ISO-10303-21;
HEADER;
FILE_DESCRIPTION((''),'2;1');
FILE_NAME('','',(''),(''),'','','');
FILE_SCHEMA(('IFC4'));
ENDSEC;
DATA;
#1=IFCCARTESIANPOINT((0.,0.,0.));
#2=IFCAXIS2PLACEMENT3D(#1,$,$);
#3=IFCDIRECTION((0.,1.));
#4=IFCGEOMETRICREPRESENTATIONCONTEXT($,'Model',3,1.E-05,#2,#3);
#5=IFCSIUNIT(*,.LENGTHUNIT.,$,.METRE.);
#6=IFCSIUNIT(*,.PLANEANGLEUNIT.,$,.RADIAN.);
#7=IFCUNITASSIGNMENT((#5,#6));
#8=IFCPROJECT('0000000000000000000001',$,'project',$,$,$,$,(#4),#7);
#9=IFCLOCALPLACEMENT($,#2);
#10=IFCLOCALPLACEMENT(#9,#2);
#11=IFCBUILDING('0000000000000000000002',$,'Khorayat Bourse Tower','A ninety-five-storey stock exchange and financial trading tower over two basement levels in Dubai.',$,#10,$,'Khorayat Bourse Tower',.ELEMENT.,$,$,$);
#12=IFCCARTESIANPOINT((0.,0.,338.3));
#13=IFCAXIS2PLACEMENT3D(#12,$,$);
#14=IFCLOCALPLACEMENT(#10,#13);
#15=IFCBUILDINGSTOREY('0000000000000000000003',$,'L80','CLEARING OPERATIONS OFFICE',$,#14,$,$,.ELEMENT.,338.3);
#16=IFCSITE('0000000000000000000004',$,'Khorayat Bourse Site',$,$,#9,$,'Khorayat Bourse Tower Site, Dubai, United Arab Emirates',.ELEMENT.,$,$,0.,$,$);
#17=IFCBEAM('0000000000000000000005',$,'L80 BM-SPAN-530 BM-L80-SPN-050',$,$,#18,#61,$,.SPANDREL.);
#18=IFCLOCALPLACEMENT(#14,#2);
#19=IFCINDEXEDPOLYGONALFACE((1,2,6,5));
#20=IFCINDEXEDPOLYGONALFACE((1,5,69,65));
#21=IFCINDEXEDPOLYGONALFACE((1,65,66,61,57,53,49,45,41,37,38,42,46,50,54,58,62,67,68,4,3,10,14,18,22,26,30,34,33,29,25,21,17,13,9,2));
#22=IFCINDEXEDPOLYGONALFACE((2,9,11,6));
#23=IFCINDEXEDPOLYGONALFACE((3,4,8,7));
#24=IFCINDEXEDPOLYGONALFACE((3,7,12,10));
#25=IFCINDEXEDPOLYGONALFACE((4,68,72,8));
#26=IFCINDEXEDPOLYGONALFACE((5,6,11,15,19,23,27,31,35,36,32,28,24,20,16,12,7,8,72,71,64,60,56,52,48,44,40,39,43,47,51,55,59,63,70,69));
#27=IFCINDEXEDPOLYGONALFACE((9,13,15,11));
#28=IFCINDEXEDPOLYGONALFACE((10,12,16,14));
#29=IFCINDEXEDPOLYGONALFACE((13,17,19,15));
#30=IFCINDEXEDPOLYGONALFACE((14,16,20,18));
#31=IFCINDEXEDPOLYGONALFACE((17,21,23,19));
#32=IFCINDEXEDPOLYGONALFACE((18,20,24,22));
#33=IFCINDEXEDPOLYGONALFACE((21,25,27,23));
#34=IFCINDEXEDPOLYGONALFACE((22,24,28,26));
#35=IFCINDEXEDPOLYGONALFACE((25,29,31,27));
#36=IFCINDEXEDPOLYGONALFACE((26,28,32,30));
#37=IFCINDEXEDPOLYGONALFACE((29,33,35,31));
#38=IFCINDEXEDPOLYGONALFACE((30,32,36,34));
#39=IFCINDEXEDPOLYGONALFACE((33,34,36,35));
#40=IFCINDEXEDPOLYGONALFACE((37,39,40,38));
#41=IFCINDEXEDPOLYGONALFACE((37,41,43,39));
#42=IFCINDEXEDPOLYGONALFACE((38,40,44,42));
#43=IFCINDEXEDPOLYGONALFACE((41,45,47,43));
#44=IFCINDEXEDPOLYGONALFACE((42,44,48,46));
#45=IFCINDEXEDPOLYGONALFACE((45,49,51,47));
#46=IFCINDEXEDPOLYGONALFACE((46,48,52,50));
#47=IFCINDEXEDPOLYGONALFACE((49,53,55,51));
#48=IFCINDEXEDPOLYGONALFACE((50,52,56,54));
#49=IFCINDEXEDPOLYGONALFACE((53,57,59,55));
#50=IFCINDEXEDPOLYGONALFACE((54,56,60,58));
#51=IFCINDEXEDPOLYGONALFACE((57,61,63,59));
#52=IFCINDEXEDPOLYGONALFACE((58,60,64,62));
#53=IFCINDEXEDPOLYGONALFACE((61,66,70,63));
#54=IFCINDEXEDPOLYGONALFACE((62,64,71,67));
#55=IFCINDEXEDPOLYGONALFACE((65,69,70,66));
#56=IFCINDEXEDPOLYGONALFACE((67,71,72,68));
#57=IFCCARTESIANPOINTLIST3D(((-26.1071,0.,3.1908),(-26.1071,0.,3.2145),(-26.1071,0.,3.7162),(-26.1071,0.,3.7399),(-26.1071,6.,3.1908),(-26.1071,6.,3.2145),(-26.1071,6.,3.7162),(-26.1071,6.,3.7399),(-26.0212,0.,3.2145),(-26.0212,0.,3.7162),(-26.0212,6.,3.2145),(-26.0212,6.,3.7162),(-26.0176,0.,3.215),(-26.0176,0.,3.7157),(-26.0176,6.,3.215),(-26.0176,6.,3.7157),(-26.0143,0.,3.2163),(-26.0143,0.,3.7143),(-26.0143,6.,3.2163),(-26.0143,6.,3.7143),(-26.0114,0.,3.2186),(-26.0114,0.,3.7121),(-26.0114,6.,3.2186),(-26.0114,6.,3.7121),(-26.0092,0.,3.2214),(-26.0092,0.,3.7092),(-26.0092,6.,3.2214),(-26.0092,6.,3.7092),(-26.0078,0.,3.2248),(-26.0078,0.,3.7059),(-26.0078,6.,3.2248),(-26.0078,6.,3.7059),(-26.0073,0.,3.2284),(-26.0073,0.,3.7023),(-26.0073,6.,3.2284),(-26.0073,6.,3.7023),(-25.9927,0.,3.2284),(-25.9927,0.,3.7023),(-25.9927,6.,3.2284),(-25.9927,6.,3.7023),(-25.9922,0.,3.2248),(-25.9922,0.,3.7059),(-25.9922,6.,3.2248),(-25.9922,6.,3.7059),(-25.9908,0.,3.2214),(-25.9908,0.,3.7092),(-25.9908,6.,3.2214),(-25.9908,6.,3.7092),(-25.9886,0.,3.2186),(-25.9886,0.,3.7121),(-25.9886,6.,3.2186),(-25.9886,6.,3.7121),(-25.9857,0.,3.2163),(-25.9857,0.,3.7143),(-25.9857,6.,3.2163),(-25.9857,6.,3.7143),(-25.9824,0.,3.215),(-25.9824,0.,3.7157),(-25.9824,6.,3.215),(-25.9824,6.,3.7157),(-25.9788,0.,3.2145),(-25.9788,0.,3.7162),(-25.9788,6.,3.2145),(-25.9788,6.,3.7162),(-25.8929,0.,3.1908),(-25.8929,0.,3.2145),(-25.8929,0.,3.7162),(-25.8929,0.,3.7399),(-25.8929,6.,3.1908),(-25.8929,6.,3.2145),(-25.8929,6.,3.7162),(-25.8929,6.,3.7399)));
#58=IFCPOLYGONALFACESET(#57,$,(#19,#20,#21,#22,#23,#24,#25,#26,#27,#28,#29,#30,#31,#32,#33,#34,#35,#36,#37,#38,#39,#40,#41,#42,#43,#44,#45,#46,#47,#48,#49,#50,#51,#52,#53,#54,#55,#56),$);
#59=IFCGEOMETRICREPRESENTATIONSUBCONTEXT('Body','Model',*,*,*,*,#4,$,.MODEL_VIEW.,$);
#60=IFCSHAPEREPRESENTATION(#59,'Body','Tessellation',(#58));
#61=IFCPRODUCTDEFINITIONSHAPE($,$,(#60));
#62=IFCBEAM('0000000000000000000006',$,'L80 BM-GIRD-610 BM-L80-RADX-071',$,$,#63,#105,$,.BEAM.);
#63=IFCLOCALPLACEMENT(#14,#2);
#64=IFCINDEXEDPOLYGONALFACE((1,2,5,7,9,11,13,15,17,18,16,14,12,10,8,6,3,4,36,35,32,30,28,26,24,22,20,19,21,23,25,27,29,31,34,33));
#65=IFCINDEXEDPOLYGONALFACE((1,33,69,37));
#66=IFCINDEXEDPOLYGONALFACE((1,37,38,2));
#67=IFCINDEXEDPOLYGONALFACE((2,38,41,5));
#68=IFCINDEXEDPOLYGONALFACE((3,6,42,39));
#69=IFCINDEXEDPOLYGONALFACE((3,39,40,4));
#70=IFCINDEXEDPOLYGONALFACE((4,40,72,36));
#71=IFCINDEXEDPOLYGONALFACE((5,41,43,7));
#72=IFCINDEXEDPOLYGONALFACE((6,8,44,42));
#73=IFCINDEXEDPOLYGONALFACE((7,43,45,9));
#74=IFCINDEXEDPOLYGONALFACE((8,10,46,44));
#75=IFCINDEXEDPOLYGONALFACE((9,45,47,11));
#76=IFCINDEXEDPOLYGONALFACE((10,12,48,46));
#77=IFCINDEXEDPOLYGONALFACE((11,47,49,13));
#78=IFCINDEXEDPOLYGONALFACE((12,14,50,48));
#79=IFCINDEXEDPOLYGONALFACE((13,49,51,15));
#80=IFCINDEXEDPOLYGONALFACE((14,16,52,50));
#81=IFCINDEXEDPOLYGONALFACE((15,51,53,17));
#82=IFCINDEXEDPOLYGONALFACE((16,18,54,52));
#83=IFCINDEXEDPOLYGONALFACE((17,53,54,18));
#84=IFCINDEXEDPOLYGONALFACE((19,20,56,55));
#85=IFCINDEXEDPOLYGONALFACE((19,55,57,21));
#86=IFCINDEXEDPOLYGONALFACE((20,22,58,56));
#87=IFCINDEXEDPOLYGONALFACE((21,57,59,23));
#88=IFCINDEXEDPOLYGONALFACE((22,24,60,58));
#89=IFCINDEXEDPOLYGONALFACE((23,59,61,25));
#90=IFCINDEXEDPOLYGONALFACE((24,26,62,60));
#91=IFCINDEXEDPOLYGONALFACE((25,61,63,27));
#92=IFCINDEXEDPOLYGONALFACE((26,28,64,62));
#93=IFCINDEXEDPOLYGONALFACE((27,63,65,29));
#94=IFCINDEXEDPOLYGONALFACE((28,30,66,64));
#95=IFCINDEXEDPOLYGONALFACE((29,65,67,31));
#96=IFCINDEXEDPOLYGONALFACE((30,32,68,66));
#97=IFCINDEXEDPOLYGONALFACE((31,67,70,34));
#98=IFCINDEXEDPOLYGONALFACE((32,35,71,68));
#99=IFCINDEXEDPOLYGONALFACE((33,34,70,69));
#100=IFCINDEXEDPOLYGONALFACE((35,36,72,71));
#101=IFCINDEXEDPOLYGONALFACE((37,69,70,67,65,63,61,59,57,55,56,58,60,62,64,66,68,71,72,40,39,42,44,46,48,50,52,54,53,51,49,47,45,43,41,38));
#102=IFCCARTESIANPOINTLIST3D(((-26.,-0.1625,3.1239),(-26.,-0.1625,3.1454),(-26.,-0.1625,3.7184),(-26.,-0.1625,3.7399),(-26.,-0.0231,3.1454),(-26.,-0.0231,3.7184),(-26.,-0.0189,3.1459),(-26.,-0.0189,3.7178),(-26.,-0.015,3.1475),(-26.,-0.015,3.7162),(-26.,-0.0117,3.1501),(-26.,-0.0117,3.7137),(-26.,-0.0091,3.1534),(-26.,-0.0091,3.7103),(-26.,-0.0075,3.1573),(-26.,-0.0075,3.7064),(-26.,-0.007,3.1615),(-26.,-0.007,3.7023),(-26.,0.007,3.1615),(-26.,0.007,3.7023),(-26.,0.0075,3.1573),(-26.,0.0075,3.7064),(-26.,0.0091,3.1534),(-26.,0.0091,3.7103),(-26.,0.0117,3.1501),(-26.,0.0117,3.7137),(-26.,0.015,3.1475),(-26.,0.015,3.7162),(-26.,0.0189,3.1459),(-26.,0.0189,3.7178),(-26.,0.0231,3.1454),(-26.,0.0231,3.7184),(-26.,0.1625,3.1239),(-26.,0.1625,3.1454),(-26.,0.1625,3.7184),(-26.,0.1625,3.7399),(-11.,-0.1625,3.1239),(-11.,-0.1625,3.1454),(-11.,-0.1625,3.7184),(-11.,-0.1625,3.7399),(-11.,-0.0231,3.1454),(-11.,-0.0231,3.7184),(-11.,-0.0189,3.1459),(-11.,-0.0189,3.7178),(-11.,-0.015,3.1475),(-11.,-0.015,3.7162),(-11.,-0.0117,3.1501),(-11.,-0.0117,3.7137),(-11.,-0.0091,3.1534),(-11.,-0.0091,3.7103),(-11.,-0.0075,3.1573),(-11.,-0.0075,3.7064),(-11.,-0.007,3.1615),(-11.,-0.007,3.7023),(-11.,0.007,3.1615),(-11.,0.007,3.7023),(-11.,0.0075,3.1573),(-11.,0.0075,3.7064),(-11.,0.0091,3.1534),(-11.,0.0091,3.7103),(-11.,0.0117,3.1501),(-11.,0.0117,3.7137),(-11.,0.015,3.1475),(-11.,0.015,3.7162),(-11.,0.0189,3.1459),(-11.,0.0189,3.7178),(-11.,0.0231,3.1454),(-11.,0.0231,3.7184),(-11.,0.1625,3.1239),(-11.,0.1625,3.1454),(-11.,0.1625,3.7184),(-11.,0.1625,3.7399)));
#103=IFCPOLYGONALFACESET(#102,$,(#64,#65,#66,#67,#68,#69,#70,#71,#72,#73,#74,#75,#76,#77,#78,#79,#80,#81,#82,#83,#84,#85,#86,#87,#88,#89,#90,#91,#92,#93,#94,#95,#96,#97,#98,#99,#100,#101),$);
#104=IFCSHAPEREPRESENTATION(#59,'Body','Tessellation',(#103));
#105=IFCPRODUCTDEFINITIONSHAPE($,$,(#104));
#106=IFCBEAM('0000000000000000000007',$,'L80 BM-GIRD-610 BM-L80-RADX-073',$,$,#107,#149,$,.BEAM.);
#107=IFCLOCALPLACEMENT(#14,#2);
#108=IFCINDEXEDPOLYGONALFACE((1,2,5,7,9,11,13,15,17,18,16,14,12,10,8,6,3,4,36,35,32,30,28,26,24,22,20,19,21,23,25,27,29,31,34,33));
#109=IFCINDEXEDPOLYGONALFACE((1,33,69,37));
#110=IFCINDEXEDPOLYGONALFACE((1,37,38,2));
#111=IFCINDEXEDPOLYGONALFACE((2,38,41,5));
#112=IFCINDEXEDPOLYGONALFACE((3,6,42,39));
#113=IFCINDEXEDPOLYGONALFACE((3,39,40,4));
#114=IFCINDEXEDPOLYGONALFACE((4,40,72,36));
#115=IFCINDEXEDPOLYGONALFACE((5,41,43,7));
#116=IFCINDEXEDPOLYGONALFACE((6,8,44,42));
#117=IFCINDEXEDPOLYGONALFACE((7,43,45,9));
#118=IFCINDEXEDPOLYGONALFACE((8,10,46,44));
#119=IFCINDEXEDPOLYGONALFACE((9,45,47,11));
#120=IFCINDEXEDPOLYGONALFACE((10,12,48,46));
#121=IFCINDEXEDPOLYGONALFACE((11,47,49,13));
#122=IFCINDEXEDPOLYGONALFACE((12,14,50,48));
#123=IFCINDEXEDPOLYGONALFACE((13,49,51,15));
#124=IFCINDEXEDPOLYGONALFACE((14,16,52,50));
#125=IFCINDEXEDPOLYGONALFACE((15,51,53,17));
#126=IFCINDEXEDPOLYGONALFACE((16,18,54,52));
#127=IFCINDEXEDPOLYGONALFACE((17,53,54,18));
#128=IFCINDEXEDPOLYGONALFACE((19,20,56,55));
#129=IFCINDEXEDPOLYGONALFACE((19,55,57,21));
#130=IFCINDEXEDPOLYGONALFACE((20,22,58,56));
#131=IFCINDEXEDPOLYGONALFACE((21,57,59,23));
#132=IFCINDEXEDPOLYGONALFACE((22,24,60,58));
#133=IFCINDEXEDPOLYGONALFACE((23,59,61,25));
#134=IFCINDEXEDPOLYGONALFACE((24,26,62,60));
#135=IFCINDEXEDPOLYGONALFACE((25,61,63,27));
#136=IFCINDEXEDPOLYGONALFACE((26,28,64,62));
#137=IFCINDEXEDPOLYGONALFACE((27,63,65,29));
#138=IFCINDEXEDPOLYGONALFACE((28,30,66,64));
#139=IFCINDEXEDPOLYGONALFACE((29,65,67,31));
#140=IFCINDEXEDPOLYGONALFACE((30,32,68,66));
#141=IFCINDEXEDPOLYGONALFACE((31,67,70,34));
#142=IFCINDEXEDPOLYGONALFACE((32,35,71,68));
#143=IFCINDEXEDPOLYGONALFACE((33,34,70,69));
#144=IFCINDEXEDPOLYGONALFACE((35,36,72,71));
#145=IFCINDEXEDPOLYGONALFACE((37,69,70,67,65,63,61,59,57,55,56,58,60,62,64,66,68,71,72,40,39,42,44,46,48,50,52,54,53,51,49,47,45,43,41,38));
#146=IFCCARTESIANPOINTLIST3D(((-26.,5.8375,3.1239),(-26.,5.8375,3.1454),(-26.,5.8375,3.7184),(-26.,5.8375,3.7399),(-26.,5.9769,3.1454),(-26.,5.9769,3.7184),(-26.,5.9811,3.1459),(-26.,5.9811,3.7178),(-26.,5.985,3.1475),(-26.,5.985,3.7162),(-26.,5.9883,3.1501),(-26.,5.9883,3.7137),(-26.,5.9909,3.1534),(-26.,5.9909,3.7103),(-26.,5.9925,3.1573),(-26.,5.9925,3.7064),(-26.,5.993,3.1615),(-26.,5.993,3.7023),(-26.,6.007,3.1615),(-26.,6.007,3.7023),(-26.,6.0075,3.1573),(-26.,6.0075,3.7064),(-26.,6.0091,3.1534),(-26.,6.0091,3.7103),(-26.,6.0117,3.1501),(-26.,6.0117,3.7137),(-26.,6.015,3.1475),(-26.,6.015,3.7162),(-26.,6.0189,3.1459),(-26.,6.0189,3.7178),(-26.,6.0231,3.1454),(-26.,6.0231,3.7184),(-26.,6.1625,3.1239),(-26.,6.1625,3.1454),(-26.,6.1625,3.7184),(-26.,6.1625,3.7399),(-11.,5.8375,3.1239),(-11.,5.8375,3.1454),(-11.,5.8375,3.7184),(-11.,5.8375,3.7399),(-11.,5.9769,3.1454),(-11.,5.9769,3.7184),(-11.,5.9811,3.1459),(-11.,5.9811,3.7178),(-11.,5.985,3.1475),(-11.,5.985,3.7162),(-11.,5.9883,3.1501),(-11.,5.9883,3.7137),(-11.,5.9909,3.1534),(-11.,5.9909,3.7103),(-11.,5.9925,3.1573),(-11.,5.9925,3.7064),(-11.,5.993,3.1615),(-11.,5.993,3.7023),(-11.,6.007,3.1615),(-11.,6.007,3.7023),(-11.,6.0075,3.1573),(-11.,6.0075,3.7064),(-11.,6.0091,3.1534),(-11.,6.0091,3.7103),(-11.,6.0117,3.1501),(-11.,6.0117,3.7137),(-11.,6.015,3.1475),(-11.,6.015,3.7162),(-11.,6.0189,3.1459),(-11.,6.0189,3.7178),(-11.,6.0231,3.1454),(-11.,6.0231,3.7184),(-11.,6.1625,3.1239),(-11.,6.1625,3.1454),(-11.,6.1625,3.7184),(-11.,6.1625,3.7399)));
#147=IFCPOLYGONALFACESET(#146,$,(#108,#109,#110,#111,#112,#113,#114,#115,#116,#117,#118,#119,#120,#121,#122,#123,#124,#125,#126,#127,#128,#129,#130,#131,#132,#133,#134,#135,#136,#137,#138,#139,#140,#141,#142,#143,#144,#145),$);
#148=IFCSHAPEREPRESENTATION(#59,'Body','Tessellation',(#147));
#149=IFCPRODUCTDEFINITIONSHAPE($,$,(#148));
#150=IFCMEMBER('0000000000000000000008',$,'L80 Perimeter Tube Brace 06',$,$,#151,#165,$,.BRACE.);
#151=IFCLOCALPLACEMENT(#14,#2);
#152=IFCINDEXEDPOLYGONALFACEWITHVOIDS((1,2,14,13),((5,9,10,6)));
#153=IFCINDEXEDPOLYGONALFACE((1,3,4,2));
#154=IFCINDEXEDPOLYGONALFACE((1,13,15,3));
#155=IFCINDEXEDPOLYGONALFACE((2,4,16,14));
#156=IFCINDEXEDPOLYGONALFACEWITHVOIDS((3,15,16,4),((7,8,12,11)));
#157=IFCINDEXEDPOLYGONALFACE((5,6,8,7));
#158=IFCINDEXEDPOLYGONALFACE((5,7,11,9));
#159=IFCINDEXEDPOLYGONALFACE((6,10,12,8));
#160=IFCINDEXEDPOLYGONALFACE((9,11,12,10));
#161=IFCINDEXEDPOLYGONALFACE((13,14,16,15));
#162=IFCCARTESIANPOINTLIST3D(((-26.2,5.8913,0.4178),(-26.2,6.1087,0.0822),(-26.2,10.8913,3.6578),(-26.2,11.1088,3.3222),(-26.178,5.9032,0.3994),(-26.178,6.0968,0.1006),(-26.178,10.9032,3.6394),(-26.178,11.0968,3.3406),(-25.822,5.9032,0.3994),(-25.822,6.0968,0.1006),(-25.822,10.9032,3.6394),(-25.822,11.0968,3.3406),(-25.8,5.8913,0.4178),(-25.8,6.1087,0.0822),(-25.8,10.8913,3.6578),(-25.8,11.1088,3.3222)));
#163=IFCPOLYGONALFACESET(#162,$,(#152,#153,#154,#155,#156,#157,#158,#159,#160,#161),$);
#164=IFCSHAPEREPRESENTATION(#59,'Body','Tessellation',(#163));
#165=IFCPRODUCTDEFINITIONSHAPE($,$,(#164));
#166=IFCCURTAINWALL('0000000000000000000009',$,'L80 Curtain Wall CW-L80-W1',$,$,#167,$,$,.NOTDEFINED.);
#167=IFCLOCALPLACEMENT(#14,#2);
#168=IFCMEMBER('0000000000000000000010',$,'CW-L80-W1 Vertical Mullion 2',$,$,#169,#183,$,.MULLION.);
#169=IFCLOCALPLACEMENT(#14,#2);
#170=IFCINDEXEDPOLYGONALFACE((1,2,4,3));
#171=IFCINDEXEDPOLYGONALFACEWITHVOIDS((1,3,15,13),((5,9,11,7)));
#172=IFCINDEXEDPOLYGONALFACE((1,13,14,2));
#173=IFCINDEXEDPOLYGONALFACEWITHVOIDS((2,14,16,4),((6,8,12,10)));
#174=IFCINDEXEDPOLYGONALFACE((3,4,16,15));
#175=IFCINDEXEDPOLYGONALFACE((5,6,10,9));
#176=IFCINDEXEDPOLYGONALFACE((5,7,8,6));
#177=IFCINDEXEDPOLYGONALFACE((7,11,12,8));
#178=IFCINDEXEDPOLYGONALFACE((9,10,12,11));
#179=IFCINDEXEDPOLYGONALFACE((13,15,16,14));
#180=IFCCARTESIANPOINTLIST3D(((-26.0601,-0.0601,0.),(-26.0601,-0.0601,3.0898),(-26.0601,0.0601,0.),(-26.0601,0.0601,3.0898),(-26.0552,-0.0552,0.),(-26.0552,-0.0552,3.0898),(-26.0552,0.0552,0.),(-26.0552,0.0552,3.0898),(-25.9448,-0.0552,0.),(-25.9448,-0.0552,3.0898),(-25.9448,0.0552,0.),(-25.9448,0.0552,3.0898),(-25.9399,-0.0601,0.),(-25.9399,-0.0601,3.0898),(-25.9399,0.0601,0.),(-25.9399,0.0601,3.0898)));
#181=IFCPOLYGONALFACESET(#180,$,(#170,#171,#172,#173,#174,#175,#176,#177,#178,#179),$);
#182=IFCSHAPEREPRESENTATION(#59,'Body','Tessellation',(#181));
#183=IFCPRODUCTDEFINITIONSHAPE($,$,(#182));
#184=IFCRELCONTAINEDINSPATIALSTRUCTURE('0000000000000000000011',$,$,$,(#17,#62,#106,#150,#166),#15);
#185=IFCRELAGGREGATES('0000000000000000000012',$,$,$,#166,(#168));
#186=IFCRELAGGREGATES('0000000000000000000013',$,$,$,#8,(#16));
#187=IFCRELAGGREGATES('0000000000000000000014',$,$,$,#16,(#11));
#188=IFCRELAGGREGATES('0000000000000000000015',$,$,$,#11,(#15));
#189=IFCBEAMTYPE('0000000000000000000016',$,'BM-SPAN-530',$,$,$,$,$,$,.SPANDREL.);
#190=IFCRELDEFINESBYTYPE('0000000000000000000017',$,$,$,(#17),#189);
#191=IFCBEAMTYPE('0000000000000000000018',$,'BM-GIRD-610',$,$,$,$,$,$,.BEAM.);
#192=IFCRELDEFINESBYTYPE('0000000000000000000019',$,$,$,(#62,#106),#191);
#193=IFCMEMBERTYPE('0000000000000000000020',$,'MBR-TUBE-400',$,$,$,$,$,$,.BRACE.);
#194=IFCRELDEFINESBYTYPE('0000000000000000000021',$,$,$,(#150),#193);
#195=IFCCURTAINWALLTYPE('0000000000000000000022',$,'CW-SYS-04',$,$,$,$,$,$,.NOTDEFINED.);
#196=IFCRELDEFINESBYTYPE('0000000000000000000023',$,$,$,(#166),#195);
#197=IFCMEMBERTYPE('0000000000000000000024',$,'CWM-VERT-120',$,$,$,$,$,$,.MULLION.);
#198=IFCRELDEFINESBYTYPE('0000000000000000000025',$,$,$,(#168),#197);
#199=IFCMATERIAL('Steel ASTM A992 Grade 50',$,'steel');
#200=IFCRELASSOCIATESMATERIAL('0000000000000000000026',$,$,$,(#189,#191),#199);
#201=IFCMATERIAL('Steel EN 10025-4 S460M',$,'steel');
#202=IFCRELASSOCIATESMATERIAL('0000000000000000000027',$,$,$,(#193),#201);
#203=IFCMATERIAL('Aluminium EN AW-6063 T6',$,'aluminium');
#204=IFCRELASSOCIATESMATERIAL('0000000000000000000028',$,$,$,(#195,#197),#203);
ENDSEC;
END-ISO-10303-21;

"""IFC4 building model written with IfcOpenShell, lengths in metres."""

from ifc_helpers import new_model, si_unit, direction, frame, origin, origin_2d, place, context, subcontext, project, spatial, hollow_rectangle, i_section, extrude, source, transform, mapped, material, material_profile, profile_set, type_object, element, aggregate, save


model = new_model("IFC4")

# Units and contexts
model_context = context("Model", 3, precision=1e-05, world=origin(), true_north=direction((0.0, 1.0)))
body_context = subcontext(model_context, "Body", "Model", "MODEL_VIEW")
ifc_project = project(units=[si_unit("LENGTHUNIT", "METRE"), si_unit("PLANEANGLEUNIT", "RADIAN")], contexts=[model_context])

# Site, building, storey
site_placement = place(None, origin())
site = spatial("IfcSite", under=ifc_project, at=site_placement, Name="Khorayat Bourse Site", LongName="Khorayat Bourse Tower Site, Dubai, United Arab Emirates", CompositionType="ELEMENT", RefElevation=0.0)
building_placement = place(site_placement, origin())
building = spatial("IfcBuilding", under=site, at=building_placement, Name="Khorayat Bourse Tower", Description="A ninety-five-storey stock exchange and financial trading tower over two basement levels in Dubai.", LongName="Khorayat Bourse Tower", CompositionType="ELEMENT")
storey_placement = place(building_placement, frame((0.0, 0.0, 338.3)))
storey = spatial("IfcBuildingStorey", under=building, at=storey_placement, Name="L80", Description="CLEARING OPERATIONS OFFICE", CompositionType="ELEMENT", Elevation=338.3)

# Beams
ifc_material_1 = material(Name="Steel ASTM A992 Grade 50", Category="steel")
ifc_material_profile_1 = material_profile(ifc_material_1, i_section(OverallWidth=0.2141, OverallDepth=0.5491, WebThickness=0.0146, FlangeThickness=0.0237, FilletRadius=0.0139, at=origin_2d()), Name="W530X138")
ifc_profile_set_1 = profile_set([ifc_material_profile_1], Name="Steel ASTM A992 Grade 50")
beam_type_1 = type_object("IfcBeamType", Name="BM-SPAN-530", PredefinedType="SPANDREL", material=ifc_profile_set_1)
shared_shape_1 = source(origin(), body_context, "Body", "SweptSolid", [
    extrude(i_section(OverallWidth=0.2141, OverallDepth=0.5491, WebThickness=0.0146, FlangeThickness=0.0237, FilletRadius=0.0139, at=origin_2d()), origin(), (0.0, 0.0, 1.0), 6.0),
])
beam_1_placement = place(storey_placement, frame((-26.0, 0.0, 3.4653), z_axis=(0.0, 1.0, 0.0), x_axis=(-1.0, 0.0, 0.0)))
element("IfcBeam", 1, at=beam_1_placement, inside=storey, type_object=beam_type_1, Name="L80 BM-SPAN-530 BM-L80-SPN-050", PredefinedType="SPANDREL", context=body_context, shape_type="MappedRepresentation", body=[
    mapped(shared_shape_1, transform((0.0, 0.0, 0.0), scale=1.0)),
])
ifc_material_profile_2 = material_profile(ifc_material_1, i_section(OverallWidth=0.325, OverallDepth=0.616, WebThickness=0.0139, FlangeThickness=0.0215, FilletRadius=0.0161, at=origin_2d()), Name="W610X174")
ifc_profile_set_2 = profile_set([ifc_material_profile_2], Name="Steel ASTM A992 Grade 50")
beam_type_2 = type_object("IfcBeamType", Name="BM-GIRD-610", PredefinedType="BEAM", material=ifc_profile_set_2)
shared_shape_2 = source(origin(), body_context, "Body", "SweptSolid", [
    extrude(i_section(OverallWidth=0.325, OverallDepth=0.616, WebThickness=0.0139, FlangeThickness=0.0215, FilletRadius=0.0161, at=origin_2d()), origin(), (0.0, 0.0, 1.0), 15.0),
])
for number, where, z_axis, x_axis, name in (
    (2, (-26.0, 0.0, 3.4319), (1.0, 0.0, 0.0), (0.0, 1.0, 0.0), "L80 BM-GIRD-610 BM-L80-RADX-071"),
    (3, (-26.0, 6.0, 3.4319), (1.0, 0.0, 0.0), (0.0, 1.0, 0.0), "L80 BM-GIRD-610 BM-L80-RADX-073"),
):
    element("IfcBeam", number, at=place(storey_placement, frame(where, z_axis=z_axis, x_axis=x_axis)), inside=storey, type_object=beam_type_2, Name=name, PredefinedType="BEAM", context=body_context, shape_type="MappedRepresentation", body=[
        mapped(shared_shape_2, transform((0.0, 0.0, 0.0), scale=1.0)),
    ])

# Member
ifc_material_2 = material(Name="Steel EN 10025-4 S460M", Category="steel")
ifc_material_profile_3 = material_profile(ifc_material_2, hollow_rectangle(XDim=0.3999, YDim=0.3999, WallThickness=0.022, at=origin_2d()), Name="HSS 400x400x22")
ifc_profile_set_3 = profile_set([ifc_material_profile_3], Name="Steel EN 10025-4 S460M")
member_type_1 = type_object("IfcMemberType", Name="MBR-TUBE-400", PredefinedType="BRACE", material=ifc_profile_set_3)
shared_shape_3 = source(origin(), body_context, "Body", "SweptSolid", [
    extrude(hollow_rectangle(XDim=0.3999, YDim=0.3999, WallThickness=0.022, at=origin_2d()), origin(), (0.0, 0.0, 1.0), 5.958),
])
member_1_placement = place(storey_placement, frame((-26.0, 6.0, 0.25), z_axis=(0.0, 0.83921, 0.543807), x_axis=(-1.0, 0.0, 0.0)))
element("IfcMember", 4, at=member_1_placement, inside=storey, type_object=member_type_1, Name="L80 Perimeter Tube Brace 06", PredefinedType="BRACE", context=body_context, shape_type="MappedRepresentation", body=[
    mapped(shared_shape_3, transform((0.0, 0.0, 0.0), scale=1.0)),
])

# Curtain wall, member
ifc_material_3 = material(Name="Aluminium EN AW-6063 T6", Category="aluminium")
curtain_wall_type = type_object("IfcCurtainWallType", Name="CW-SYS-04", PredefinedType="NOTDEFINED", material=ifc_material_3)
curtain_wall_placement = place(storey_placement, origin())
curtain_wall = element("IfcCurtainWall", 5, at=curtain_wall_placement, inside=storey, type_object=curtain_wall_type, Name="L80 Curtain Wall CW-L80-W1", PredefinedType="NOTDEFINED")
ifc_material_profile_4 = material_profile(ifc_material_3, hollow_rectangle(XDim=0.1201, YDim=0.1201, WallThickness=0.0049, at=origin_2d()), Name="ALU 120x120x5")
ifc_profile_set_4 = profile_set([ifc_material_profile_4], Name="Aluminium EN AW-6063 T6")
member_type_2 = type_object("IfcMemberType", Name="CWM-VERT-120", PredefinedType="MULLION", material=ifc_profile_set_4)
shared_shape_4 = source(origin(), body_context, "Body", "SweptSolid", [
    extrude(hollow_rectangle(XDim=0.1201, YDim=0.1201, WallThickness=0.0049, at=origin_2d()), origin(), (0.0, 0.0, 1.0), 3.0898),
])
member_2_placement = place(storey_placement, frame((-26.0, 0.0, 0.0), z_axis=(0.0, 0.0, 1.0), x_axis=(-1.0, 0.0, 0.0)))
member_2 = element("IfcMember", 6, at=member_2_placement, type_object=member_type_2, Name="CW-L80-W1 Vertical Mullion 2", PredefinedType="MULLION", context=body_context, shape_type="MappedRepresentation", body=[
    mapped(shared_shape_4, transform((0.0, 0.0, 0.0), scale=1.0)),
])

aggregate(curtain_wall, [member_2])

save(model, "model.ifc")
